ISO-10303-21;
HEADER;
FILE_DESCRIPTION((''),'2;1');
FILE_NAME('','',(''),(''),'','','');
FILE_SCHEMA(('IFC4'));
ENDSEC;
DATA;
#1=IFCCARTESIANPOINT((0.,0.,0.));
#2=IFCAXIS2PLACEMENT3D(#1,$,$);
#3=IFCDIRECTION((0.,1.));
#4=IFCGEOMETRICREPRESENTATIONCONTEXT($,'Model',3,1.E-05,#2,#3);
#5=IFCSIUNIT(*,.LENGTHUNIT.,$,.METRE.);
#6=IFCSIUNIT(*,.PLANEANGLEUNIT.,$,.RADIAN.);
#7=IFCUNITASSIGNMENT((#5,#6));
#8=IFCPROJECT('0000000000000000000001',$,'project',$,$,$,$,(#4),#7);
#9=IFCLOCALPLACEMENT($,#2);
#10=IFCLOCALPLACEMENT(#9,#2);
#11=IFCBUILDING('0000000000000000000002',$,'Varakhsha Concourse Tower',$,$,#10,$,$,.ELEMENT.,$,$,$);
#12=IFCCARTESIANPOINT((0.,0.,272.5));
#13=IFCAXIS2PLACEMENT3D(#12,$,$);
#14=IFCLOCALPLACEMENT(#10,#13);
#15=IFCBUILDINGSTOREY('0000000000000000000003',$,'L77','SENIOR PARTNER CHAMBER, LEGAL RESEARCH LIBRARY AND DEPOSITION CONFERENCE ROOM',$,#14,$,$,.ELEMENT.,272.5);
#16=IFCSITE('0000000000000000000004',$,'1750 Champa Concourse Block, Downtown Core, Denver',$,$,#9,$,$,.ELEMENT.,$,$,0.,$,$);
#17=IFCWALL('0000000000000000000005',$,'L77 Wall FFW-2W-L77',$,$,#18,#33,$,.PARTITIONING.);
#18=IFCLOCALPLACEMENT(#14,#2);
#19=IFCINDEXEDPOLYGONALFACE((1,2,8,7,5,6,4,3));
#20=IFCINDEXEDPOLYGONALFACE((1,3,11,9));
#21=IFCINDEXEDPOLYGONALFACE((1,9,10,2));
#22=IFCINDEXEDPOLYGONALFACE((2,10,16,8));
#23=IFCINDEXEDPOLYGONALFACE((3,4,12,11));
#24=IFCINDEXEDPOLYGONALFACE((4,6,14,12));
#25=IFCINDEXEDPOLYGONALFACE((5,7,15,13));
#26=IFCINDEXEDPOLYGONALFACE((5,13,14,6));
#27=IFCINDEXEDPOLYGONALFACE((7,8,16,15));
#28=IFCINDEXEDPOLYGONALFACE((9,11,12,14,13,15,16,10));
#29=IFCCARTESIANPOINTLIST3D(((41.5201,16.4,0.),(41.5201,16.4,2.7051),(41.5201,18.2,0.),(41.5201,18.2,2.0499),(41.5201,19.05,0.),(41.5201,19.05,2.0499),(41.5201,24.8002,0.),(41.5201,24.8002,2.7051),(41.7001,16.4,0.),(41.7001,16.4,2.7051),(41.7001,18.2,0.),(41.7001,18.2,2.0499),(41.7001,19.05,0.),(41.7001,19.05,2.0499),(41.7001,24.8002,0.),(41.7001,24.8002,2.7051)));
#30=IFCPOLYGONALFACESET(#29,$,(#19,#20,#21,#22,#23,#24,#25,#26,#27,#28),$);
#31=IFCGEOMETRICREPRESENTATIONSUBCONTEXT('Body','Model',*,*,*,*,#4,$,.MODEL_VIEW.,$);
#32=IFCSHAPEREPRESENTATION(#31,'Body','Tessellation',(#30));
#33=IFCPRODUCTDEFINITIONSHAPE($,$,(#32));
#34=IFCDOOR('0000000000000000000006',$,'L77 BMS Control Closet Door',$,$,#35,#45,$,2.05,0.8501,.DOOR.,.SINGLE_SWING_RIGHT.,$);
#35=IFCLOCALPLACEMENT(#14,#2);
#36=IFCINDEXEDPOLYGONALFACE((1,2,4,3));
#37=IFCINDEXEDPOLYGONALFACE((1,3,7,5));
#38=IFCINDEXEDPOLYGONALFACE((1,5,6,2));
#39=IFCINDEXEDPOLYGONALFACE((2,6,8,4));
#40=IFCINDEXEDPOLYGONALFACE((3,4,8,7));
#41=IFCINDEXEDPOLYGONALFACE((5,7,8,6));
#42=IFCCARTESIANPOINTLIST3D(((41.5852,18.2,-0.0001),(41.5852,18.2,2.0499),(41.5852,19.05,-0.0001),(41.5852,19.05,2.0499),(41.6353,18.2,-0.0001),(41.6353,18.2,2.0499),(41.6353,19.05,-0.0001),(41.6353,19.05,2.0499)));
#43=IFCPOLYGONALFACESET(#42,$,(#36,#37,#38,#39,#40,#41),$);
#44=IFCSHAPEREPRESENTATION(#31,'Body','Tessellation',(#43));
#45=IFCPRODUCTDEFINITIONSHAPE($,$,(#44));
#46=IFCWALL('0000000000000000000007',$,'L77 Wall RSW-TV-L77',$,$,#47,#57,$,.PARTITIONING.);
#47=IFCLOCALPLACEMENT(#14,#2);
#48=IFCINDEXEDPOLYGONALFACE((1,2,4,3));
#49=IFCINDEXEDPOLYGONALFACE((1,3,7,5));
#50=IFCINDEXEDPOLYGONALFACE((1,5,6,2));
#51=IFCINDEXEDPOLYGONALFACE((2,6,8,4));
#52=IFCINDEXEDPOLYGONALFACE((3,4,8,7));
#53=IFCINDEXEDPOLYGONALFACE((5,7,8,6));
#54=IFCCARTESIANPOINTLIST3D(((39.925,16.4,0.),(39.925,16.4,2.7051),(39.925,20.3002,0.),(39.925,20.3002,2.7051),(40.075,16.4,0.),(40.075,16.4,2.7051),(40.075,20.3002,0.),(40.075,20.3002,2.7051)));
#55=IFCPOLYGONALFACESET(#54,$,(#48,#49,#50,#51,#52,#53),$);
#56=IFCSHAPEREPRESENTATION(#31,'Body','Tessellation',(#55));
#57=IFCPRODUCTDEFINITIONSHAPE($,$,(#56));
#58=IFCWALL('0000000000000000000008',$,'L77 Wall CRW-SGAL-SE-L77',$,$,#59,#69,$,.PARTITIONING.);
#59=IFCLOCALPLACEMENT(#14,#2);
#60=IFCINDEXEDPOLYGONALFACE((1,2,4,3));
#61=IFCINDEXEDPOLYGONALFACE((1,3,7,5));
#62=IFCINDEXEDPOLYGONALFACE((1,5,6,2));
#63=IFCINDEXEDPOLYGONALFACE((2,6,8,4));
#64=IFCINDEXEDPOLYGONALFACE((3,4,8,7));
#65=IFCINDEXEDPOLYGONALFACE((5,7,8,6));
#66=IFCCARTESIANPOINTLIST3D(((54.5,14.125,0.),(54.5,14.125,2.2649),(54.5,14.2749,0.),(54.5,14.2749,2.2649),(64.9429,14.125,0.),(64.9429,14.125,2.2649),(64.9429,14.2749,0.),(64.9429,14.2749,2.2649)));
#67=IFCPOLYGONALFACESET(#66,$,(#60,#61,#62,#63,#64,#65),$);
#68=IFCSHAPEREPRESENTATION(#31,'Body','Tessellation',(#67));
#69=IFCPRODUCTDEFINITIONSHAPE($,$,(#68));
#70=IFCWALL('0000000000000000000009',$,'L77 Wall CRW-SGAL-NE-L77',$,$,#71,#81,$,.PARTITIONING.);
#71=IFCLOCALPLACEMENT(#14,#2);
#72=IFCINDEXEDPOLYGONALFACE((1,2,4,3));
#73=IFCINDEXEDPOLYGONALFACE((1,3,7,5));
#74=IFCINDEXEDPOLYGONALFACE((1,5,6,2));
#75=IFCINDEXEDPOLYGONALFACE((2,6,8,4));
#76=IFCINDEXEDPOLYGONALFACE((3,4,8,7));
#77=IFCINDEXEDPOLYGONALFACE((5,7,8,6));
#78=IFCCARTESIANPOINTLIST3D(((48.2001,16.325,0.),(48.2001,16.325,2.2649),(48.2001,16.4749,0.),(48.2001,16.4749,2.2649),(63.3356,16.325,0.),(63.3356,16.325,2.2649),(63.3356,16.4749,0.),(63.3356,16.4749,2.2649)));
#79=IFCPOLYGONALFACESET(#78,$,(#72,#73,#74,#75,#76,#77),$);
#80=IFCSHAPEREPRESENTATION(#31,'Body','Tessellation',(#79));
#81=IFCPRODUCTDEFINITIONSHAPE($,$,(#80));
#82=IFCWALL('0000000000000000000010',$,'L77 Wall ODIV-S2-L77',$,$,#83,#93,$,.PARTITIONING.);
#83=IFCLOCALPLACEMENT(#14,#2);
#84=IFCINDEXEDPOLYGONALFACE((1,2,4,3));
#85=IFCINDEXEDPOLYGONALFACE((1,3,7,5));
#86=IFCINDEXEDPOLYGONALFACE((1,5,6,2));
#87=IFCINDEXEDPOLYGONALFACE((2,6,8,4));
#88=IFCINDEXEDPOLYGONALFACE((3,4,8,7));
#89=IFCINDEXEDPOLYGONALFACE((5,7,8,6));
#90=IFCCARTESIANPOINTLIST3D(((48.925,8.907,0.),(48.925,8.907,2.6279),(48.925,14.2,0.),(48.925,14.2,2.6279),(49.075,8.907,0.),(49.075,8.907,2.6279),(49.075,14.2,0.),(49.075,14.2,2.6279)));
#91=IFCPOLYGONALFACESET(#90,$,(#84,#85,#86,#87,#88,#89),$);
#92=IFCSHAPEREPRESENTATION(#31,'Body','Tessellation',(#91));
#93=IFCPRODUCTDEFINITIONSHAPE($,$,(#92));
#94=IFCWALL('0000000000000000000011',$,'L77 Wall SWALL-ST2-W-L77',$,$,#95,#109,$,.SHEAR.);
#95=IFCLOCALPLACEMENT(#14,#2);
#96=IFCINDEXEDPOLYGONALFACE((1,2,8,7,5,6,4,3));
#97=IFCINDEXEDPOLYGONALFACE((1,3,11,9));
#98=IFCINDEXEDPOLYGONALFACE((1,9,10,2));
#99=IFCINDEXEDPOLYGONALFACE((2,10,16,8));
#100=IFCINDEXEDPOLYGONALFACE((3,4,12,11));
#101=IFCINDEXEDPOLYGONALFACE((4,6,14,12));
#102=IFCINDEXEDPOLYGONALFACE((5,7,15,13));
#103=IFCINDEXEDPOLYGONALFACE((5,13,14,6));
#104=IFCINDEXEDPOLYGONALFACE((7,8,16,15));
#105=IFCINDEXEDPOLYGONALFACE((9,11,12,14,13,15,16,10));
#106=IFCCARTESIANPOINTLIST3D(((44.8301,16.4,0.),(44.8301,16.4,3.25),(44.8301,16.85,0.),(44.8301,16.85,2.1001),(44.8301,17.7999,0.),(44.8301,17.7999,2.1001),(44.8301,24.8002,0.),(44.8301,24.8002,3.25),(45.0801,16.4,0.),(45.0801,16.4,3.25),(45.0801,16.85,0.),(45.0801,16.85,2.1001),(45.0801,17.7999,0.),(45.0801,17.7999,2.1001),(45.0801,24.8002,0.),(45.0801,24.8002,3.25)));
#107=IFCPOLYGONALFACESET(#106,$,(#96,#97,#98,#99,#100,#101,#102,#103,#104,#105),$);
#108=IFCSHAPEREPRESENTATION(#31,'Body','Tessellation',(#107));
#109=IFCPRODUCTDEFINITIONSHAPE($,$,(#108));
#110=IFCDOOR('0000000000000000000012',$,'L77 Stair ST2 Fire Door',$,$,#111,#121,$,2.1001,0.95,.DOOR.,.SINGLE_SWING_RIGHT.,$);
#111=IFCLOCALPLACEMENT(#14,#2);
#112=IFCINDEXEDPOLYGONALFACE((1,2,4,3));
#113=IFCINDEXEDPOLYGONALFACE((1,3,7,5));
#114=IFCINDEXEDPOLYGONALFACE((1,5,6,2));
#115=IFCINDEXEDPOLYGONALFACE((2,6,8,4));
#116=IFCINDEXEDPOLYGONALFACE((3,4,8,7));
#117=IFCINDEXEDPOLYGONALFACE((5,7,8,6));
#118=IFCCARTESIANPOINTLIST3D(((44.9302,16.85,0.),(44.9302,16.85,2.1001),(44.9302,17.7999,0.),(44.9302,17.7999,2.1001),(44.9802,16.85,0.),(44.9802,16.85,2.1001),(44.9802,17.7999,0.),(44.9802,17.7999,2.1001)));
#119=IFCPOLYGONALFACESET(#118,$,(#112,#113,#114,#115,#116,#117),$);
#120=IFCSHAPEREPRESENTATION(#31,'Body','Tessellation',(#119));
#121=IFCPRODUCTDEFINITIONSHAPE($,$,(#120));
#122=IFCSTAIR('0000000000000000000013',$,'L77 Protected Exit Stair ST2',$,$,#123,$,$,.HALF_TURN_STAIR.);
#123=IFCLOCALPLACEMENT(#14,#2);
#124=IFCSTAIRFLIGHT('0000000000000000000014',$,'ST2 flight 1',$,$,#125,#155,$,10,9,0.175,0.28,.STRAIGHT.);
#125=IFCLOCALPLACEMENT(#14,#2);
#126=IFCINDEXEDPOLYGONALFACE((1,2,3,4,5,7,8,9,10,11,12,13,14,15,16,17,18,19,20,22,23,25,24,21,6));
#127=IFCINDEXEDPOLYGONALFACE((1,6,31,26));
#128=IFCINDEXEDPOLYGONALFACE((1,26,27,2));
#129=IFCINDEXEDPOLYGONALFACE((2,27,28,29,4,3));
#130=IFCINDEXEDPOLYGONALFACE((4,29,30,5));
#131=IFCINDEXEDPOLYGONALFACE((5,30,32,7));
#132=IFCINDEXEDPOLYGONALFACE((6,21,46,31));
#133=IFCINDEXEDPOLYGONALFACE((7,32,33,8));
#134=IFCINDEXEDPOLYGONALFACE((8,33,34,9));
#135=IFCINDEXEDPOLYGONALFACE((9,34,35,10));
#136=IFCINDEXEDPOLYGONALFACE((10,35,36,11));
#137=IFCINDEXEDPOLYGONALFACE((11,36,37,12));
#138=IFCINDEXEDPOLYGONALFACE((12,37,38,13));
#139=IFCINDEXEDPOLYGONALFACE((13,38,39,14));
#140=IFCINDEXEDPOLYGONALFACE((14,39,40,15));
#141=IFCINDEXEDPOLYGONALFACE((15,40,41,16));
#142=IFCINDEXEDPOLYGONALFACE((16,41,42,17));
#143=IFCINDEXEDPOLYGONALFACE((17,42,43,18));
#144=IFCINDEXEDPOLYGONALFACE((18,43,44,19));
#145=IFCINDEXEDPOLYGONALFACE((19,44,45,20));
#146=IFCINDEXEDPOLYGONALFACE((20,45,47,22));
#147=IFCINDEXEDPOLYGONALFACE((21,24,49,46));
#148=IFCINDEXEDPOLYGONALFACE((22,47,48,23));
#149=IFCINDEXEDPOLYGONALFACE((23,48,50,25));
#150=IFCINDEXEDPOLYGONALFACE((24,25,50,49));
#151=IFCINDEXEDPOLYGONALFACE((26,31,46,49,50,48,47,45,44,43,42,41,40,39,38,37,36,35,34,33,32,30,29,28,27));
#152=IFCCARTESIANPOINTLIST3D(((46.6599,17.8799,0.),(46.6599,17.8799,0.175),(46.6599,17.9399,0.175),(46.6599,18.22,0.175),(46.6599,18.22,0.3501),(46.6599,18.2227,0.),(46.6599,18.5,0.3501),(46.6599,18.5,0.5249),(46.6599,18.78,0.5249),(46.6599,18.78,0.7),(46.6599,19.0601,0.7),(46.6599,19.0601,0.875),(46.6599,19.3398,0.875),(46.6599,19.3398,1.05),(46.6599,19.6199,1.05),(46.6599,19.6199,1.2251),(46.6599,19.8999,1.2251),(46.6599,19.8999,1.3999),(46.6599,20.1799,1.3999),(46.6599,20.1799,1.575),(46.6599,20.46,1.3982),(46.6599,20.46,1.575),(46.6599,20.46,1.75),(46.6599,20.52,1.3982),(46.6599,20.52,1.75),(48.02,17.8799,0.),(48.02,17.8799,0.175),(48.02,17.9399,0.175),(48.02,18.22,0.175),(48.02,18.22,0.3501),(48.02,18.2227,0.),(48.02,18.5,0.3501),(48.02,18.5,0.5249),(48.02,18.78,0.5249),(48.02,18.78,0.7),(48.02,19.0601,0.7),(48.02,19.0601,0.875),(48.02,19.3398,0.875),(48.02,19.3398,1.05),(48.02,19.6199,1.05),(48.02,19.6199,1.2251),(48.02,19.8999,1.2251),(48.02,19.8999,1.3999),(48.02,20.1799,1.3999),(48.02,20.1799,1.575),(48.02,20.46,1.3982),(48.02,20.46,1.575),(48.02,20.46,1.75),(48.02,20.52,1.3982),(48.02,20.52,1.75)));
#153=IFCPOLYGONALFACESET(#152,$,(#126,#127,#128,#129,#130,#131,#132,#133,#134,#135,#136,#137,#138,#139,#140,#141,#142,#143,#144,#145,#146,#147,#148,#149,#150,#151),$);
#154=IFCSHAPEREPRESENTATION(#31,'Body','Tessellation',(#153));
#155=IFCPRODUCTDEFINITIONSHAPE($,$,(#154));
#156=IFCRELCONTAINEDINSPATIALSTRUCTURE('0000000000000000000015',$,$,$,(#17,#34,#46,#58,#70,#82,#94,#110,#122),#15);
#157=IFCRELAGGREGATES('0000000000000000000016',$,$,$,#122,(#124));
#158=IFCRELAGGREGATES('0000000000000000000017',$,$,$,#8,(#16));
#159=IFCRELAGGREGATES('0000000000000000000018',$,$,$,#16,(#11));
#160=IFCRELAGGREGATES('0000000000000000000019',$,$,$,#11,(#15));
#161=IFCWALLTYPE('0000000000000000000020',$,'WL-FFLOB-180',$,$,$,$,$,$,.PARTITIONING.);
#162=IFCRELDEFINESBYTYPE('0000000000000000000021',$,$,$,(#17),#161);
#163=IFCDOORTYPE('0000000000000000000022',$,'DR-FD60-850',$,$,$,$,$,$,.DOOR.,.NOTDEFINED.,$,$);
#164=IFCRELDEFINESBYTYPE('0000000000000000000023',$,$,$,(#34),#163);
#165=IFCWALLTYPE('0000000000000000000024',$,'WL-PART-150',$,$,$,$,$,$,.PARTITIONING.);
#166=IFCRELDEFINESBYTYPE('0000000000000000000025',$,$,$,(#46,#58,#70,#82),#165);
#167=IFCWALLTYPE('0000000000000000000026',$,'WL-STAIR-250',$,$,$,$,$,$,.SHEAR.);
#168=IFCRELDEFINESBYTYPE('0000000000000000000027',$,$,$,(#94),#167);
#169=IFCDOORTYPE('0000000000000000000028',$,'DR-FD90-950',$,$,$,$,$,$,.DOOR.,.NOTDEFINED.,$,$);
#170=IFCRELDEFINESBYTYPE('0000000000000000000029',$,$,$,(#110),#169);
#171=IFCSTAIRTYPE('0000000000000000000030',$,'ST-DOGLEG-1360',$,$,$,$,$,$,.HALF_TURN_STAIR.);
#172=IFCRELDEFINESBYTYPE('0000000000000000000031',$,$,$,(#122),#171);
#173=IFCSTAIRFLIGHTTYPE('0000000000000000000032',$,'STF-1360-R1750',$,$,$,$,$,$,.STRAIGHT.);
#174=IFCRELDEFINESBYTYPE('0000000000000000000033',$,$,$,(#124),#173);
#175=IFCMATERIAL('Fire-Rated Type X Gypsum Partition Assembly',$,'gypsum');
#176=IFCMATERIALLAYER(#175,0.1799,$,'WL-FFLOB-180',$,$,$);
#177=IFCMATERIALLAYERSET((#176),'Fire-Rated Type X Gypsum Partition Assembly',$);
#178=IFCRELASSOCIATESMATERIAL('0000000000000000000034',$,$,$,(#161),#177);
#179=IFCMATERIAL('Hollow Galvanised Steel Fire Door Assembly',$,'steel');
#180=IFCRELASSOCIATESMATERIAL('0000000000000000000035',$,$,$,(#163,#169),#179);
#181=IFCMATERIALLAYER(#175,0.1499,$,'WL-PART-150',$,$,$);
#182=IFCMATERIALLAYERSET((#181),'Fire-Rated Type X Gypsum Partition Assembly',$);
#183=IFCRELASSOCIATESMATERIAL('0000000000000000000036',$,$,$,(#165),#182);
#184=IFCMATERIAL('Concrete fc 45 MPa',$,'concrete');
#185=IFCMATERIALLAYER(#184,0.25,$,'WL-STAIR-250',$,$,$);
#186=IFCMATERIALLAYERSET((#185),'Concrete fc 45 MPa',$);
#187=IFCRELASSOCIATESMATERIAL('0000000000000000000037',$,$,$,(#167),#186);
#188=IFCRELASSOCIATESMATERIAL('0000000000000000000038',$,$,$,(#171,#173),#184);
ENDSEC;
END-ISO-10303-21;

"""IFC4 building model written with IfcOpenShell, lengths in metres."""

from ifc_helpers import new_model, si_unit, direction, frame, frame_2d, origin, place, context, subcontext, project, spatial, polyline, rectangle, outline, extrude, material, layer, layer_set, type_object, element, fill, aggregate, save


model = new_model("IFC4")

# Units and contexts
model_context = context("Model", 3, precision=1e-05, world=origin(), true_north=direction((0.0, 1.0)))
body_context = subcontext(model_context, "Body", "Model", "MODEL_VIEW")
ifc_project = project(units=[si_unit("LENGTHUNIT", "METRE"), si_unit("PLANEANGLEUNIT", "RADIAN")], contexts=[model_context])

# Site, building, storey
site_placement = place(None, origin())
site = spatial("IfcSite", under=ifc_project, at=site_placement, Name="1750 Champa Concourse Block, Downtown Core, Denver", CompositionType="ELEMENT", RefElevation=0.0)
building_placement = place(site_placement, origin())
building = spatial("IfcBuilding", under=site, at=building_placement, Name="Varakhsha Concourse Tower", CompositionType="ELEMENT")
storey_placement = place(building_placement, frame((0.0, 0.0, 272.5)))
storey = spatial("IfcBuildingStorey", under=building, at=storey_placement, Name="L77", Description="SENIOR PARTNER CHAMBER, LEGAL RESEARCH LIBRARY AND DEPOSITION CONFERENCE ROOM", CompositionType="ELEMENT", Elevation=272.5)

# Wall, opening, door
ifc_material_1 = material(Name="Fire-Rated Type X Gypsum Partition Assembly", Category="gypsum")
ifc_layer_1 = layer(ifc_material_1, 0.1799, Name="WL-FFLOB-180")
ifc_layer_set_1 = layer_set([ifc_layer_1], Name="Fire-Rated Type X Gypsum Partition Assembly")
wall_type_1 = type_object("IfcWallType", Name="WL-FFLOB-180", PredefinedType="PARTITIONING", material=ifc_layer_set_1)
wall_1_placement = place(storey_placement, frame((41.6101, 16.3999, 0.0), z_axis=(0.0, 0.0, 1.0), x_axis=(0.0, 1.0, 0.0)))
wall_1 = element("IfcWall", 1, at=wall_1_placement, inside=storey, type_object=wall_type_1, Name="L77 Wall FFW-2W-L77", PredefinedType="PARTITIONING", context=body_context, shape_type="SweptSolid", body=[
    extrude(rectangle(XDim=8.4001, YDim=0.1799, at=frame_2d((4.2002, 0.0))), origin(), (0.0, 0.0, 1.0), 2.7051),
])
opening_1_placement = place(wall_1_placement, frame((1.8, 0.0, 0.0)))
opening_1 = element("IfcOpeningElement", 2, at=opening_1_placement, cuts=wall_1, PredefinedType="OPENING", context=body_context, shape_type="SweptSolid", body=[
    extrude(rectangle(XDim=0.8501, YDim=2.05, at=frame_2d((0.425, 1.0249))), frame((0.0, 0.0999, 0.0), z_axis=(0.0, -1.0, 0.0), x_axis=(1.0, 0.0, 0.0)), (0.0, 0.0, 1.0), 0.2),
])
ifc_material_2 = material(Name="Hollow Galvanised Steel Fire Door Assembly", Category="steel")
door_type_1 = type_object("IfcDoorType", Name="DR-FD60-850", OperationType="NOTDEFINED", PredefinedType="DOOR", material=ifc_material_2)
door_1_placement = place(opening_1_placement, origin())
door_1 = element("IfcDoor", 3, at=door_1_placement, inside=storey, type_object=door_type_1, Name="L77 BMS Control Closet Door", OperationType="SINGLE_SWING_RIGHT", OverallHeight=2.05, OverallWidth=0.8501, PredefinedType="DOOR", context=body_context, shape_type="SweptSolid", body=[
    extrude(rectangle(XDim=0.8501, YDim=2.05, at=frame_2d((0.425, 1.0249))), frame((0.0, 0.0249, 0.0), z_axis=(0.0, -1.0, 0.0), x_axis=(1.0, 0.0, 0.0)), (0.0, 0.0, 1.0), 0.05),
])
fill(opening_1, door_1)

# Walls
ifc_layer_2 = layer(ifc_material_1, 0.1499, Name="WL-PART-150")
ifc_layer_set_2 = layer_set([ifc_layer_2], Name="Fire-Rated Type X Gypsum Partition Assembly")
wall_type_2 = type_object("IfcWallType", Name="WL-PART-150", PredefinedType="PARTITIONING", material=ifc_layer_set_2)
wall_2_placement = place(storey_placement, frame((40.0, 16.3999, 0.0), z_axis=(0.0, 0.0, 1.0), x_axis=(0.0, 1.0, 0.0)))
element("IfcWall", 4, at=wall_2_placement, inside=storey, type_object=wall_type_2, Name="L77 Wall RSW-TV-L77", PredefinedType="PARTITIONING", context=body_context, shape_type="SweptSolid", body=[
    extrude(rectangle(XDim=3.9001, YDim=0.1499, at=frame_2d((1.9502, 0.0))), origin(), (0.0, 0.0, 1.0), 2.7051),
])
wall_3_placement = place(storey_placement, frame((54.5, 14.2, 0.0), z_axis=(0.0, 0.0, 1.0), x_axis=(1.0, 0.0, 0.0)))
element("IfcWall", 5, at=wall_3_placement, inside=storey, type_object=wall_type_2, Name="L77 Wall CRW-SGAL-SE-L77", PredefinedType="PARTITIONING", context=body_context, shape_type="SweptSolid", body=[
    extrude(rectangle(XDim=10.4429, YDim=0.1499, at=frame_2d((5.2214, 0.0))), origin(), (0.0, 0.0, 1.0), 2.2649),
])
wall_4_placement = place(storey_placement, frame((48.2, 16.3999, 0.0), z_axis=(0.0, 0.0, 1.0), x_axis=(1.0, 0.0, 0.0)))
element("IfcWall", 6, at=wall_4_placement, inside=storey, type_object=wall_type_2, Name="L77 Wall CRW-SGAL-NE-L77", PredefinedType="PARTITIONING", context=body_context, shape_type="SweptSolid", body=[
    extrude(rectangle(XDim=15.1355, YDim=0.1499, at=frame_2d((7.5679, 0.0))), origin(), (0.0, 0.0, 1.0), 2.2649),
])
wall_5_placement = place(storey_placement, frame((49.0, 8.907, 0.0), z_axis=(0.0, 0.0, 1.0), x_axis=(0.0, 1.0, 0.0)))
element("IfcWall", 7, at=wall_5_placement, inside=storey, type_object=wall_type_2, Name="L77 Wall ODIV-S2-L77", PredefinedType="PARTITIONING", context=body_context, shape_type="SweptSolid", body=[
    extrude(rectangle(XDim=5.293, YDim=0.1499, at=frame_2d((2.6465, 0.0))), origin(), (0.0, 0.0, 1.0), 2.6279),
])

# Wall, opening, door
ifc_material_3 = material(Name="Concrete fc 45 MPa", Category="concrete")
ifc_layer_3 = layer(ifc_material_3, 0.25, Name="WL-STAIR-250")
ifc_layer_set_3 = layer_set([ifc_layer_3], Name="Concrete fc 45 MPa")
wall_type_3 = type_object("IfcWallType", Name="WL-STAIR-250", PredefinedType="SHEAR", material=ifc_layer_set_3)
wall_6_placement = place(storey_placement, frame((44.9551, 16.3999, 0.0), z_axis=(0.0, 0.0, 1.0), x_axis=(0.0, 1.0, 0.0)))
wall_6 = element("IfcWall", 8, at=wall_6_placement, inside=storey, type_object=wall_type_3, Name="L77 Wall SWALL-ST2-W-L77", PredefinedType="SHEAR", context=body_context, shape_type="SweptSolid", body=[
    extrude(rectangle(XDim=8.4001, YDim=0.25, at=frame_2d((4.2002, 0.0))), origin(), (0.0, 0.0, 1.0), 3.25),
])
opening_2_placement = place(wall_6_placement, frame((0.45, 0.0, 0.0)))
opening_2 = element("IfcOpeningElement", 9, at=opening_2_placement, cuts=wall_6, PredefinedType="OPENING", context=body_context, shape_type="SweptSolid", body=[
    extrude(rectangle(XDim=0.95, YDim=2.1001, at=frame_2d((0.4751, 1.05))), frame((0.0, 0.135, 0.0), z_axis=(0.0, -1.0, 0.0), x_axis=(1.0, 0.0, 0.0)), (0.0, 0.0, 1.0), 0.27),
])
door_type_2 = type_object("IfcDoorType", Name="DR-FD90-950", OperationType="NOTDEFINED", PredefinedType="DOOR", material=ifc_material_2)
door_2_placement = place(opening_2_placement, origin())
door_2 = element("IfcDoor", 10, at=door_2_placement, inside=storey, type_object=door_type_2, Name="L77 Stair ST2 Fire Door", OperationType="SINGLE_SWING_RIGHT", OverallHeight=2.1001, OverallWidth=0.95, PredefinedType="DOOR", context=body_context, shape_type="SweptSolid", body=[
    extrude(rectangle(XDim=0.95, YDim=2.1001, at=frame_2d((0.4751, 1.05))), frame((0.0, 0.0249, 0.0), z_axis=(0.0, -1.0, 0.0), x_axis=(1.0, 0.0, 0.0)), (0.0, 0.0, 1.0), 0.05),
])
fill(opening_2, door_2)

# Stair, stair flight
stair_type = type_object("IfcStairType", Name="ST-DOGLEG-1360", PredefinedType="HALF_TURN_STAIR", material=ifc_material_3)
stair_placement = place(storey_placement, origin())
stair = element("IfcStair", 11, at=stair_placement, inside=storey, type_object=stair_type, Name="L77 Protected Exit Stair ST2", PredefinedType="HALF_TURN_STAIR")
stair_flight_type = type_object("IfcStairFlightType", Name="STF-1360-R1750", PredefinedType="STRAIGHT", material=ifc_material_3)
stair_flight_1_placement = place(storey_placement, frame((47.3401, 17.9399, 0.0), z_axis=(0.0, 0.0, 1.0), x_axis=(0.0, 1.0, 0.0)))
stair_flight_1 = element("IfcStairFlight", 12, at=stair_flight_1_placement, type_object=stair_flight_type, Name="ST2 flight 1", NumberOfRisers=10, NumberOfTreads=9, PredefinedType="STRAIGHT", RiserHeight=0.175, TreadLength=0.28, context=body_context, shape_type="SweptSolid", body=[
    extrude(outline(polyline([(-0.0601, 0.0), (-0.0601, 0.175), (0.0, 0.175), (0.28, 0.175), (0.28, 0.3501), (0.5601, 0.3501), (0.5601, 0.5249), (0.8401, 0.5249), (0.8401, 0.7), (1.1201, 0.7), (1.1201, 0.875), (1.3999, 0.875), (1.3999, 1.05), (1.6799, 1.05), (1.6799, 1.2251), (1.96, 1.2251), (1.96, 1.3999), (2.24, 1.3999), (2.24, 1.575), (2.52, 1.575), (2.52, 1.75), (2.5801, 1.75), (2.5801, 1.3982), (2.52, 1.3982), (0.2827, 0.0), (-0.0601, 0.0)])), frame((0.0, 0.6802, 0.0), z_axis=(0.0, -1.0, 0.0), x_axis=(1.0, 0.0, 0.0)), (0.0, 0.0, 1.0), 1.3601),
])
aggregate(stair, [stair_flight_1])

save(model, "model.ifc")
